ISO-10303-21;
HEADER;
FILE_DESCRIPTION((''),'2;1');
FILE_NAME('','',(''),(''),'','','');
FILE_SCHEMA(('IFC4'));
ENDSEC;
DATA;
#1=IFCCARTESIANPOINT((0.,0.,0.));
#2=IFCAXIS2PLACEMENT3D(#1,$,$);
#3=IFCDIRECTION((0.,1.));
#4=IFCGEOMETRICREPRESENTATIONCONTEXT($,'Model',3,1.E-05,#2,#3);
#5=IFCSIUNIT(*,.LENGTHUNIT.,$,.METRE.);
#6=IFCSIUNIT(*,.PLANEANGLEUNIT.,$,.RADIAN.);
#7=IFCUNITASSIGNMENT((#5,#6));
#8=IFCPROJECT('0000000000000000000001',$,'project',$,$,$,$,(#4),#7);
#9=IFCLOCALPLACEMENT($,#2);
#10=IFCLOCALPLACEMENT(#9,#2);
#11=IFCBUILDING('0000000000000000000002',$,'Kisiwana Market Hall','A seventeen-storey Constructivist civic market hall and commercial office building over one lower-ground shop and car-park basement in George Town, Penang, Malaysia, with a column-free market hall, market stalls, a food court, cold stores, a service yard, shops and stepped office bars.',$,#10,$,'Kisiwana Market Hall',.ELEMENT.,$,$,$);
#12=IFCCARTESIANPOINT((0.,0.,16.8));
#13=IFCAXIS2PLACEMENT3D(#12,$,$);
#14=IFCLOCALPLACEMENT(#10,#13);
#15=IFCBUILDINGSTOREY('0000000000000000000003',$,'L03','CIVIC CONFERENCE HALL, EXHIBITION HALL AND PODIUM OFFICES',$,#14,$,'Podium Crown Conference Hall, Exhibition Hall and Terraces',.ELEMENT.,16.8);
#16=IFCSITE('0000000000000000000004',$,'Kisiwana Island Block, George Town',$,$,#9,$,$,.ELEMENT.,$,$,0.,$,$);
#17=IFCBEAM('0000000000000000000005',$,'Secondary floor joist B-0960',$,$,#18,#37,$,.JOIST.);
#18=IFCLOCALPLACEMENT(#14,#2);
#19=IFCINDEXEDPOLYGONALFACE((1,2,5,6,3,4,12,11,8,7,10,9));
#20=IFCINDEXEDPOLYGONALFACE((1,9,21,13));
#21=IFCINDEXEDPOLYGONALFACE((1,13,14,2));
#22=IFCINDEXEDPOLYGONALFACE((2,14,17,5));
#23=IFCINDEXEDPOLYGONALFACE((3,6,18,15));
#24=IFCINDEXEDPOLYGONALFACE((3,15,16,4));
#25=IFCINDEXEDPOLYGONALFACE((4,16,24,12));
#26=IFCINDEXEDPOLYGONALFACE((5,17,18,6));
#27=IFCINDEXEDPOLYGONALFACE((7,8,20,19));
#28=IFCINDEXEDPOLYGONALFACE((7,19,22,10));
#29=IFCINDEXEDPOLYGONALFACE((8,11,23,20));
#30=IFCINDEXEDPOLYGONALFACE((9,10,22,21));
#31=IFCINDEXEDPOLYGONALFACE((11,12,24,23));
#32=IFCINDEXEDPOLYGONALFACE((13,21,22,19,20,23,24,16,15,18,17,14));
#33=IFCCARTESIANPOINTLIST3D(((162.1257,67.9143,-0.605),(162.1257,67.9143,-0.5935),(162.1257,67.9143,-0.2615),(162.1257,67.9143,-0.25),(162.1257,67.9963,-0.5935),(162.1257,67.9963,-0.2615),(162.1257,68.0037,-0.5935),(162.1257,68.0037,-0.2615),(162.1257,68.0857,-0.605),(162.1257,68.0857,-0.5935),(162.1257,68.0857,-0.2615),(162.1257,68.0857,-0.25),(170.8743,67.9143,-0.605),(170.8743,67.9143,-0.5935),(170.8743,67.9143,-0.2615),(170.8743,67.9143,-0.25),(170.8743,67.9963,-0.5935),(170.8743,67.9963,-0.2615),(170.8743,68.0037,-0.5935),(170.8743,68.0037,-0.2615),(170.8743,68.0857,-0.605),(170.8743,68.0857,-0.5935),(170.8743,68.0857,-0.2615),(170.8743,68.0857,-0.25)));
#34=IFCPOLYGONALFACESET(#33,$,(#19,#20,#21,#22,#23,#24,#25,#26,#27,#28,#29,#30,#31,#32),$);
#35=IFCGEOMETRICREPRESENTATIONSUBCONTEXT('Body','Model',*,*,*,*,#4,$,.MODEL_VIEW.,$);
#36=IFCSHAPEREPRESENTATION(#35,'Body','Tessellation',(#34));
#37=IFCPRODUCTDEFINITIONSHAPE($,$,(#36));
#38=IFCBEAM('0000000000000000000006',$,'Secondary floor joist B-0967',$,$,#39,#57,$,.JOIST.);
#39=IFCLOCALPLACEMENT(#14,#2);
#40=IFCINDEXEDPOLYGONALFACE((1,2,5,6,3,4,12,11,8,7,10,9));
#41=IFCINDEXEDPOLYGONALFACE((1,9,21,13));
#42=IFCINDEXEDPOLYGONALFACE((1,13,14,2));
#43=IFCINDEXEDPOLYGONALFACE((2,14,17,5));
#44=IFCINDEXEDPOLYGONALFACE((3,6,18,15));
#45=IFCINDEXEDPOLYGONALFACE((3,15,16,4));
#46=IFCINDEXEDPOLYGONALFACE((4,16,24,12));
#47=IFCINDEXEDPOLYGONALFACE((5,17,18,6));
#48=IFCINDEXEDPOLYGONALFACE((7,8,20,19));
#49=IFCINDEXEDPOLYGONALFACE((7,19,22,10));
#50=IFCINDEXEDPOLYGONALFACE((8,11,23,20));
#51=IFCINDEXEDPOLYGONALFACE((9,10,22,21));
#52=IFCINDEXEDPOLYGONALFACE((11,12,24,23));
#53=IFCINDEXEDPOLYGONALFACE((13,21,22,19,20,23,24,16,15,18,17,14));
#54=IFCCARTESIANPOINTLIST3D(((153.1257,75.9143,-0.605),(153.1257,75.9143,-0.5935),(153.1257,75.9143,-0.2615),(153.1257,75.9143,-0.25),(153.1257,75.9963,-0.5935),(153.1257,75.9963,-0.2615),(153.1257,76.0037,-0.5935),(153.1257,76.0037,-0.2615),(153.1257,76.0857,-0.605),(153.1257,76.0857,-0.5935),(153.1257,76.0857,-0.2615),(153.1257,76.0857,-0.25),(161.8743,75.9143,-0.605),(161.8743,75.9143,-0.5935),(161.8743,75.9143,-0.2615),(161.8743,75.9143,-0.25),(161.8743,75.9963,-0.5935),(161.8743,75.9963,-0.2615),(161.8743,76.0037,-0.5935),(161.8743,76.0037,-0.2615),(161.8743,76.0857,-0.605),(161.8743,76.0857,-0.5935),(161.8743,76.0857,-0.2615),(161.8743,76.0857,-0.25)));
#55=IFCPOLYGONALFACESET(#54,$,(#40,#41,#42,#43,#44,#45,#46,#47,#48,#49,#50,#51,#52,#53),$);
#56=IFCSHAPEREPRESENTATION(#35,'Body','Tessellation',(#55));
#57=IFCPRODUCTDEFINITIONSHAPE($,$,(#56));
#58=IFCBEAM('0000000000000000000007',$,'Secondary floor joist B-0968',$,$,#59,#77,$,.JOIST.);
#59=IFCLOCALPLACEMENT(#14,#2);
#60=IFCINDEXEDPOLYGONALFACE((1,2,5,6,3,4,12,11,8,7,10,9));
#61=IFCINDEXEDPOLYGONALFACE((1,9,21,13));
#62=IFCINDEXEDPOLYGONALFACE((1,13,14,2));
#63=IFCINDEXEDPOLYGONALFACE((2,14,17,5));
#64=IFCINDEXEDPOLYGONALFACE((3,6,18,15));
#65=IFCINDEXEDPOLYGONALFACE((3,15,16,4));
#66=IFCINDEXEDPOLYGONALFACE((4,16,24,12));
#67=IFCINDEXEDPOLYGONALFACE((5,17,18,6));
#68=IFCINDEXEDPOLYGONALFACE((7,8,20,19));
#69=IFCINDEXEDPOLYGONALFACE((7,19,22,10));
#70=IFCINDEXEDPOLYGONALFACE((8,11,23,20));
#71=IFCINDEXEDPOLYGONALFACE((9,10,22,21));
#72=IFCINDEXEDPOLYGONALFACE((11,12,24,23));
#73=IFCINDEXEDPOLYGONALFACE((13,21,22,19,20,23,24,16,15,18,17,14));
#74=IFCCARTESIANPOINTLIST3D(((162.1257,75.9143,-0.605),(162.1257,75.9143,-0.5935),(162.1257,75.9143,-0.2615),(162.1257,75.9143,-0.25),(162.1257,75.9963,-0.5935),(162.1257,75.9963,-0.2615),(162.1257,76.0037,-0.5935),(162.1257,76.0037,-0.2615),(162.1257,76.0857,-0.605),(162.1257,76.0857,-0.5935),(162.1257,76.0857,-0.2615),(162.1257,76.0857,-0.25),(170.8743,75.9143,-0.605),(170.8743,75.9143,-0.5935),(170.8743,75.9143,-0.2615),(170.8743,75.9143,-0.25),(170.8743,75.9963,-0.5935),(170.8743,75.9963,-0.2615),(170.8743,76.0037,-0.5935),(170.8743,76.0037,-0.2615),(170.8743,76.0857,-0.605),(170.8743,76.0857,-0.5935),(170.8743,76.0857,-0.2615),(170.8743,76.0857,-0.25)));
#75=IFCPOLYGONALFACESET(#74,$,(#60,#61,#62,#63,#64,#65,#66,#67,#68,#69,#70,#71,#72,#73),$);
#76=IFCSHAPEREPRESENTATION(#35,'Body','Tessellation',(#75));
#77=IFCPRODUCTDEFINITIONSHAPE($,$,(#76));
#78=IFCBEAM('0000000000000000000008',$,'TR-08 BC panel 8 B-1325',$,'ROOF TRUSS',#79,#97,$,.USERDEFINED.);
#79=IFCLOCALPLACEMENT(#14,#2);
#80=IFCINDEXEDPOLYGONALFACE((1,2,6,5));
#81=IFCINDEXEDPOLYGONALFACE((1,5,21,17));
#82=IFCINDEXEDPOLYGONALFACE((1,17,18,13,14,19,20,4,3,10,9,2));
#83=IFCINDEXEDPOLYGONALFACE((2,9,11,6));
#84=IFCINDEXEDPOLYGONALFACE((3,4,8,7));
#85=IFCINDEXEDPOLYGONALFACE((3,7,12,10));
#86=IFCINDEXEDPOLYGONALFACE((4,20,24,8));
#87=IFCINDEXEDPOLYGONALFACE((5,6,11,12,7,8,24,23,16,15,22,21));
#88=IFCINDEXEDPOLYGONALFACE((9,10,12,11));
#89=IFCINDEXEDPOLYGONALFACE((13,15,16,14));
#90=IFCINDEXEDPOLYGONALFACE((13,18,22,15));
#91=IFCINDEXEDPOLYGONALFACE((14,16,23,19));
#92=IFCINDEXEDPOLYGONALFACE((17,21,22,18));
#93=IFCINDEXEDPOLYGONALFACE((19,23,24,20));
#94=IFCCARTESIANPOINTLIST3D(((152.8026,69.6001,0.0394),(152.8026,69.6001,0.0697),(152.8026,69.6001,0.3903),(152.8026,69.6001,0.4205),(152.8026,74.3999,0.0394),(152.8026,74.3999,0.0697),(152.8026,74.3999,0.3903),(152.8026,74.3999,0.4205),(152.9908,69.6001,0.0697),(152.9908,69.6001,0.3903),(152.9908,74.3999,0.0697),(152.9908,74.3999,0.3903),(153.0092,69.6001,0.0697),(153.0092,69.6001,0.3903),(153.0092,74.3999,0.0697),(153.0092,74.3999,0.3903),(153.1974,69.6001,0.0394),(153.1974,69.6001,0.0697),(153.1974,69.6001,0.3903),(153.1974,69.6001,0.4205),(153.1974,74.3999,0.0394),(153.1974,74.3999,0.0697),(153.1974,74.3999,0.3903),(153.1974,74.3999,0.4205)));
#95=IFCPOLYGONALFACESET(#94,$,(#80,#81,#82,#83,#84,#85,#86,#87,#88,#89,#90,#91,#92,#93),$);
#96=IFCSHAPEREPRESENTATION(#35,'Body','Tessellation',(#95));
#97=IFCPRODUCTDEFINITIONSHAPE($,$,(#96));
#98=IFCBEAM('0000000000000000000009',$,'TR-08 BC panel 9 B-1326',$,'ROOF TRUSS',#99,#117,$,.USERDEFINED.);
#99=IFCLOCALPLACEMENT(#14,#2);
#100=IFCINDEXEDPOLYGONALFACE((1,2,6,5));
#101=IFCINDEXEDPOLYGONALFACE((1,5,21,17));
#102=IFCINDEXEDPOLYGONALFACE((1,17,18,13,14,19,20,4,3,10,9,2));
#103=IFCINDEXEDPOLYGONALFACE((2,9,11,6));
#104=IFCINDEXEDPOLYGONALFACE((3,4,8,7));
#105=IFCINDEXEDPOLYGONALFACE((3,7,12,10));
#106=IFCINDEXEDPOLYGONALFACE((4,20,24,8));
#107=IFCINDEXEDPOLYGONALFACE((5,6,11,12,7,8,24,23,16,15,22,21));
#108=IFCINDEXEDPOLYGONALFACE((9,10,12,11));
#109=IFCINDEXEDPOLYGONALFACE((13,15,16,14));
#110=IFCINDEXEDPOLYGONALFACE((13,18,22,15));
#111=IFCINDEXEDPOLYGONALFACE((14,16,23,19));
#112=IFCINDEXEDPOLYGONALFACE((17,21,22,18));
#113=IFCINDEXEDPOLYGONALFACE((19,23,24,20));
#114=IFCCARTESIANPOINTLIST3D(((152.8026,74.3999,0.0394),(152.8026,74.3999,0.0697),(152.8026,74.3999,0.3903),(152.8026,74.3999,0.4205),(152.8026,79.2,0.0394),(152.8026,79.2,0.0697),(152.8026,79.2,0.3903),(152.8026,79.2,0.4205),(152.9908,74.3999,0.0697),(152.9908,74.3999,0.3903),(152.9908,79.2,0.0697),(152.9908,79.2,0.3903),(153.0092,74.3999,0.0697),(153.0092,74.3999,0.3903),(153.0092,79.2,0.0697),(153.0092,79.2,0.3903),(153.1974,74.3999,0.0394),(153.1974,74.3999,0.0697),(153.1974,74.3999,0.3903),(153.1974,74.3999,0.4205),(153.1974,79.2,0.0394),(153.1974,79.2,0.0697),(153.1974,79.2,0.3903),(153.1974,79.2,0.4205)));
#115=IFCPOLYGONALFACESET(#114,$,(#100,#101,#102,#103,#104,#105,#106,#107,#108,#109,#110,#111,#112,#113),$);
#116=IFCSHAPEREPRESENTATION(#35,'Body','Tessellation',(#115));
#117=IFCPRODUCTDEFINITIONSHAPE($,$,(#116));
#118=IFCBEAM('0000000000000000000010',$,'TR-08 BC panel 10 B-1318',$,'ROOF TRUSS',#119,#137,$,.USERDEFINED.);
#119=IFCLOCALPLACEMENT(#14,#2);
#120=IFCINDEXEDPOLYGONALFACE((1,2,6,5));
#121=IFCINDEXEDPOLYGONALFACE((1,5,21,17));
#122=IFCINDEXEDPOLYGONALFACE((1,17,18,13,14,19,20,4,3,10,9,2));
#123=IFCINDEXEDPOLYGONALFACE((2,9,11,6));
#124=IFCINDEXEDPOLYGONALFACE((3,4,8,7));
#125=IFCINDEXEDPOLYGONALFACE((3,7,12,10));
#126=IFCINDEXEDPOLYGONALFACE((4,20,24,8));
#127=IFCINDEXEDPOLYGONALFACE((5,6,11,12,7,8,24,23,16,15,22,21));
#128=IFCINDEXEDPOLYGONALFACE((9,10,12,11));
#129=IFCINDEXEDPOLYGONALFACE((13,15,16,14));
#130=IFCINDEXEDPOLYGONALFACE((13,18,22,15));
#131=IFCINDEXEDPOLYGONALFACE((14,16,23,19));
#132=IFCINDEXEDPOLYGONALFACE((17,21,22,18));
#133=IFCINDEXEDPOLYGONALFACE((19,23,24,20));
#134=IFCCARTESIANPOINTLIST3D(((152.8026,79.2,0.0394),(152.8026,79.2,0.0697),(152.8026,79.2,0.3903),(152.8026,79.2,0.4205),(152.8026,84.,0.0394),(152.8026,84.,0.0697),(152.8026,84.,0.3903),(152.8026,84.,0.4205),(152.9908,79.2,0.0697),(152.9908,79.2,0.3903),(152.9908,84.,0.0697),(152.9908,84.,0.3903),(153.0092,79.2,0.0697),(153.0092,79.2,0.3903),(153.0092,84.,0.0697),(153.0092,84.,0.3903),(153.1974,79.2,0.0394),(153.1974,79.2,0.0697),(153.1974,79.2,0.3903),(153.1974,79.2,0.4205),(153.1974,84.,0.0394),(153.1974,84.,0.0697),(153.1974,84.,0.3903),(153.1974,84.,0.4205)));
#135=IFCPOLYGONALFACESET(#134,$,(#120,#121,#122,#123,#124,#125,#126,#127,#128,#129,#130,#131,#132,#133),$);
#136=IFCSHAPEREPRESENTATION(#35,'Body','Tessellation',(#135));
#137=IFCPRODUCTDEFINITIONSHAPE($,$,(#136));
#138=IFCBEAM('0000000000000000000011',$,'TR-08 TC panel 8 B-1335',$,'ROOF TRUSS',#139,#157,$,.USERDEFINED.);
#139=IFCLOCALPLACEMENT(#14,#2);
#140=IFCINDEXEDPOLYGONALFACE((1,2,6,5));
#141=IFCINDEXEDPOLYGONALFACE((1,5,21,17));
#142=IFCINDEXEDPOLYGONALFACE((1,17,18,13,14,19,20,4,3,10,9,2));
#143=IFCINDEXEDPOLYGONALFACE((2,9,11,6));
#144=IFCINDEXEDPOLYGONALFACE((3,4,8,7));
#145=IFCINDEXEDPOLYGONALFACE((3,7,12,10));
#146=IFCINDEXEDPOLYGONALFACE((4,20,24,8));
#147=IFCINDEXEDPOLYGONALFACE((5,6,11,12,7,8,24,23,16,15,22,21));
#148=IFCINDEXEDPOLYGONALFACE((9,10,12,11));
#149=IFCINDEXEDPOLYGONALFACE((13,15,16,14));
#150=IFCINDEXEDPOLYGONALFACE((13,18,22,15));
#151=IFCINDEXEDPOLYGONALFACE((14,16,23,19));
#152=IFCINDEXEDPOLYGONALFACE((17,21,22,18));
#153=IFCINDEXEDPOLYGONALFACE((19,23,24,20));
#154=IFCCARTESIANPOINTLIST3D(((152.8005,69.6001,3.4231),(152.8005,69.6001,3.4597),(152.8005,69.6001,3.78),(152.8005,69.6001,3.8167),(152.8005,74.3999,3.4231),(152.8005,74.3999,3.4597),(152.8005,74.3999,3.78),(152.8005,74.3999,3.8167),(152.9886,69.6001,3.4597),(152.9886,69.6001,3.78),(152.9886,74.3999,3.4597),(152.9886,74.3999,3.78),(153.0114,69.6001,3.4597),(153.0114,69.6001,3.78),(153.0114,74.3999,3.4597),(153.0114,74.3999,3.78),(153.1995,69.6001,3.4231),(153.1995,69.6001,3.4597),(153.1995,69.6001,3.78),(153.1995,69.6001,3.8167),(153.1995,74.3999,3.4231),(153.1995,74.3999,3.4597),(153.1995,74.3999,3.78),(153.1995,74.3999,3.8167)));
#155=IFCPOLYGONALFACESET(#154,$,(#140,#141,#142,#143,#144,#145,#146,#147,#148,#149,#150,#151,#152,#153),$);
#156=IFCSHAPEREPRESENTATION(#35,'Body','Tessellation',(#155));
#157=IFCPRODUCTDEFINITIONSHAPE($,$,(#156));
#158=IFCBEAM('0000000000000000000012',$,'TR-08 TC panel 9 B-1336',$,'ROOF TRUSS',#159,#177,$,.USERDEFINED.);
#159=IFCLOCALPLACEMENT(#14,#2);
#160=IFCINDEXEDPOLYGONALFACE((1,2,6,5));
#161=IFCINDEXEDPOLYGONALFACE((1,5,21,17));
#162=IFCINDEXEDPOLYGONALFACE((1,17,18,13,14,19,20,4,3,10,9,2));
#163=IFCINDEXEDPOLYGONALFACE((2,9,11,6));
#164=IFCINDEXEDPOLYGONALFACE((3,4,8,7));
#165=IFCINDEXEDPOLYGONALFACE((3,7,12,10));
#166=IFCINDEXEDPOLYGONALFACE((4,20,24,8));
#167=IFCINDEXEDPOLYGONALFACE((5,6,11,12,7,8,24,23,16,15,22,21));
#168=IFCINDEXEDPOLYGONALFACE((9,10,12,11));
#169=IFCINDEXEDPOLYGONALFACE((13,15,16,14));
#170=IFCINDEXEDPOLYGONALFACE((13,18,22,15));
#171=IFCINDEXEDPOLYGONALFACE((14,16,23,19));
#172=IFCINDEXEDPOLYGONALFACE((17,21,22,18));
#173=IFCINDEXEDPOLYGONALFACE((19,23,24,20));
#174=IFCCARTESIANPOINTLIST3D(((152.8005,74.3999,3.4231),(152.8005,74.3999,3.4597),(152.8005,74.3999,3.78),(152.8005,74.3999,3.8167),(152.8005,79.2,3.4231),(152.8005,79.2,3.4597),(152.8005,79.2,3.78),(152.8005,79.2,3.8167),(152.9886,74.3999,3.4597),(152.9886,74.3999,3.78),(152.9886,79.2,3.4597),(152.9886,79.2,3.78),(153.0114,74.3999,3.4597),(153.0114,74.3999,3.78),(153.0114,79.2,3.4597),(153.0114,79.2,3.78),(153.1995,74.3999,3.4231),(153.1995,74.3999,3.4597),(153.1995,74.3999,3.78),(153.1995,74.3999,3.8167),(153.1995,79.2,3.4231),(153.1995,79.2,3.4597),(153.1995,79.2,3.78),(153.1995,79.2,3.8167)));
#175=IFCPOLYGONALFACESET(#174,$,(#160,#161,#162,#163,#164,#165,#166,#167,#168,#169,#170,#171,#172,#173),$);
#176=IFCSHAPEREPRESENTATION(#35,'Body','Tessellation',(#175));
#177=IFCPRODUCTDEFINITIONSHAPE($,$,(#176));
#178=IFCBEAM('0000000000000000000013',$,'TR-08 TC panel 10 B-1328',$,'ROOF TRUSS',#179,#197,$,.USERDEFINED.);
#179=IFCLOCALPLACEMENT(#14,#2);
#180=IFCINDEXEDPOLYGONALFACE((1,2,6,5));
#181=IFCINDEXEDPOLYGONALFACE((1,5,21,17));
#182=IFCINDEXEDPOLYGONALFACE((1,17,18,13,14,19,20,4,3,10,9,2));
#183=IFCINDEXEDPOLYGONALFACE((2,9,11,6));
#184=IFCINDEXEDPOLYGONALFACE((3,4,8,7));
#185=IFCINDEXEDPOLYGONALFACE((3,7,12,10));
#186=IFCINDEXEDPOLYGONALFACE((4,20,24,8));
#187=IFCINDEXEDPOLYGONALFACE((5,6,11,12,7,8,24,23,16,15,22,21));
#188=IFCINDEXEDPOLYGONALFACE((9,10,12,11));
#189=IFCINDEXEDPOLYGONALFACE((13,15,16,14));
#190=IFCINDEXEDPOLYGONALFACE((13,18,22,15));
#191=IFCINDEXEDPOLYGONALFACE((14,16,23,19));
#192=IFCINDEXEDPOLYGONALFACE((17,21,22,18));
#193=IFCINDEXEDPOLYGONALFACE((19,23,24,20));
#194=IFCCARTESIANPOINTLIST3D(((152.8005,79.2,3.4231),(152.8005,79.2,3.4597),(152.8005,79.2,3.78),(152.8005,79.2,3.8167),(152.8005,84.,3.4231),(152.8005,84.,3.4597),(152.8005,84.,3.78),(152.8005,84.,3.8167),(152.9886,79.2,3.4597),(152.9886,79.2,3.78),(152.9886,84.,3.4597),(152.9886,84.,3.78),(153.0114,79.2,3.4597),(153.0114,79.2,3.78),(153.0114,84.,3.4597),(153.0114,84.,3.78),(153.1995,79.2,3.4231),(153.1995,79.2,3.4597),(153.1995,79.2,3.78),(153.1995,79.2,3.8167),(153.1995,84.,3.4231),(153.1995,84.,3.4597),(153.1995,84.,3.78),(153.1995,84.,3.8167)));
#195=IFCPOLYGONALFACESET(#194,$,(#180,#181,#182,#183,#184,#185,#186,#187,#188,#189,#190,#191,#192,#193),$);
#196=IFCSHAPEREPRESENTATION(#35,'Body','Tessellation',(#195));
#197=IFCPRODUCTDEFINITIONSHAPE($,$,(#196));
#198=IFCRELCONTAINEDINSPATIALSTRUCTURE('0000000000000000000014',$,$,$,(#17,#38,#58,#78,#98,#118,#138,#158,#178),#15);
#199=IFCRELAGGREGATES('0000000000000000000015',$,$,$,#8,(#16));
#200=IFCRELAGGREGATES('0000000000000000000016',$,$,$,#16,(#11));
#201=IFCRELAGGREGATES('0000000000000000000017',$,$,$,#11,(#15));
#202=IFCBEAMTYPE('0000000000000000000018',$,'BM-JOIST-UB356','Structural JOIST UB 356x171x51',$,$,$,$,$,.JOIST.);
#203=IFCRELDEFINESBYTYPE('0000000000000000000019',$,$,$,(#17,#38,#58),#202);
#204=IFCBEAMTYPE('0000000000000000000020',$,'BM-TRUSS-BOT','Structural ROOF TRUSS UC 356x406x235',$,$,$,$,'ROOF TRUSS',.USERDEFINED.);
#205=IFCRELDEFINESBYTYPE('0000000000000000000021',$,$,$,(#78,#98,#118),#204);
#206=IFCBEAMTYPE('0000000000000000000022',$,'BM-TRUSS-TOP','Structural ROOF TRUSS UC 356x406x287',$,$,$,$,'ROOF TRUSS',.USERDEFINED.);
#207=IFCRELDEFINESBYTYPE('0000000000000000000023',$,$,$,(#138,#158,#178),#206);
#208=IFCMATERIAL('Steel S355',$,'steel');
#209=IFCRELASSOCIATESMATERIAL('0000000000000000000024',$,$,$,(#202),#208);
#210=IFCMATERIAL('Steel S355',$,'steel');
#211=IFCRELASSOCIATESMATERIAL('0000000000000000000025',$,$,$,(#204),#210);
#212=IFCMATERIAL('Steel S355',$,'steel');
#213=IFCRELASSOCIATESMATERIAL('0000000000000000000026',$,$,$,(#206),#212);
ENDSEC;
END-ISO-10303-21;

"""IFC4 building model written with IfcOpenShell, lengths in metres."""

from ifc_helpers import new_model, si_unit, direction, frame, origin, origin_2d, place, context, subcontext, project, spatial, i_section, extrude, material, material_profile, profile_set, type_object, element, save


model = new_model("IFC4")

# Units and contexts
model_context = context("Model", 3, precision=1e-05, world=origin(), true_north=direction((0.0, 1.0)))
body_context = subcontext(model_context, "Body", "Model", "MODEL_VIEW")
ifc_project = project(units=[si_unit("LENGTHUNIT", "METRE"), si_unit("PLANEANGLEUNIT", "RADIAN")], contexts=[model_context])

# Site, building, storey
site_placement = place(None, origin())
site = spatial("IfcSite", under=ifc_project, at=site_placement, Name="Kisiwana Island Block, George Town", CompositionType="ELEMENT", RefElevation=0.0)
building_placement = place(site_placement, origin())
building = spatial("IfcBuilding", under=site, at=building_placement, Name="Kisiwana Market Hall", Description="A seventeen-storey Constructivist civic market hall and commercial office building over one lower-ground shop and car-park basement in George Town, Penang, Malaysia, with a column-free market hall, market stalls, a food court, cold stores, a service yard, shops and stepped office bars.", LongName="Kisiwana Market Hall", CompositionType="ELEMENT")
storey_placement = place(building_placement, frame((0.0, 0.0, 16.8)))
storey = spatial("IfcBuildingStorey", under=building, at=storey_placement, Name="L03", Description="CIVIC CONFERENCE HALL, EXHIBITION HALL AND PODIUM OFFICES", LongName="Podium Crown Conference Hall, Exhibition Hall and Terraces", CompositionType="ELEMENT", Elevation=16.8)

# Beams
ifc_material_1 = material(Name="Steel S355", Category="steel")
ifc_material_profile_1 = material_profile(ifc_material_1, i_section(OverallWidth=0.1714, OverallDepth=0.355, WebThickness=0.0073, FlangeThickness=0.0115, at=origin_2d()), Name="UB 356x171x51")
ifc_profile_set_1 = profile_set([ifc_material_profile_1], Name="Steel S355")
beam_type_1 = type_object("IfcBeamType", Name="BM-JOIST-UB356", Description="Structural JOIST UB 356x171x51", PredefinedType="JOIST", material=ifc_profile_set_1)
for number, where, z_axis, x_axis, name in (
    (1, (162.1257, 68.0, -0.4275), (1.0, 0.0, 0.0), (0.0, 1.0, 0.0), "Secondary floor joist B-0960"),
    (2, (153.1257, 76.0, -0.4275), (1.0, 0.0, 0.0), (0.0, 1.0, 0.0), "Secondary floor joist B-0967"),
    (3, (162.1257, 76.0, -0.4275), (1.0, 0.0, 0.0), (0.0, 1.0, 0.0), "Secondary floor joist B-0968"),
):
    element("IfcBeam", number, at=place(storey_placement, frame(where, z_axis=z_axis, x_axis=x_axis)), inside=storey, type_object=beam_type_1, Name=name, PredefinedType="JOIST", context=body_context, shape_type="SweptSolid", body=[
        extrude(i_section(OverallWidth=0.1714, OverallDepth=0.355, WebThickness=0.0073, FlangeThickness=0.0115, at=origin_2d()), origin(), (0.0, 0.0, 1.0), 8.7485),
    ])
ifc_material_2 = material(Name="Steel S355", Category="steel")
ifc_material_profile_2 = material_profile(ifc_material_2, i_section(OverallWidth=0.3948, OverallDepth=0.3811, WebThickness=0.0183, FlangeThickness=0.0303, at=origin_2d()), Name="UC 356x406x235")
ifc_profile_set_2 = profile_set([ifc_material_profile_2], Name="Steel S355")
beam_type_2 = type_object("IfcBeamType", Name="BM-TRUSS-BOT", Description="Structural ROOF TRUSS UC 356x406x235", ElementType="ROOF TRUSS", PredefinedType="USERDEFINED", material=ifc_profile_set_2)
beam_1_placement = place(storey_placement, frame((153.0, 69.6001, 0.23), z_axis=(0.0, 1.0, 0.0), x_axis=(-1.0, 0.0, 0.0)))
element("IfcBeam", 4, at=beam_1_placement, inside=storey, type_object=beam_type_2, Name="TR-08 BC panel 8 B-1325", ObjectType="ROOF TRUSS", PredefinedType="USERDEFINED", context=body_context, shape_type="SweptSolid", body=[
    extrude(i_section(OverallWidth=0.3948, OverallDepth=0.3811, WebThickness=0.0183, FlangeThickness=0.0303, at=origin_2d()), origin(), (0.0, 0.0, 1.0), 4.7998),
])
for number, where, z_axis, x_axis, name in (
    (5, (153.0, 74.3999, 0.23), (0.0, 1.0, 0.0), (-1.0, 0.0, 0.0), "TR-08 BC panel 9 B-1326"),
    (6, (153.0, 79.2, 0.23), (0.0, 1.0, 0.0), (-1.0, 0.0, 0.0), "TR-08 BC panel 10 B-1318"),
):
    element("IfcBeam", number, at=place(storey_placement, frame(where, z_axis=z_axis, x_axis=x_axis)), inside=storey, type_object=beam_type_2, Name=name, ObjectType="ROOF TRUSS", PredefinedType="USERDEFINED", context=body_context, shape_type="SweptSolid", body=[
        extrude(i_section(OverallWidth=0.3948, OverallDepth=0.3811, WebThickness=0.0183, FlangeThickness=0.0303, at=origin_2d()), origin(), (0.0, 0.0, 1.0), 4.8),
    ])
ifc_material_3 = material(Name="Steel S355", Category="steel")
ifc_material_profile_3 = material_profile(ifc_material_3, i_section(OverallWidth=0.3989, OverallDepth=0.3936, WebThickness=0.0227, FlangeThickness=0.0366, at=origin_2d()), Name="UC 356x406x287")
ifc_profile_set_3 = profile_set([ifc_material_profile_3], Name="Steel S355")
beam_type_3 = type_object("IfcBeamType", Name="BM-TRUSS-TOP", Description="Structural ROOF TRUSS UC 356x406x287", ElementType="ROOF TRUSS", PredefinedType="USERDEFINED", material=ifc_profile_set_3)
beam_2_placement = place(storey_placement, frame((153.0, 69.6001, 3.6199), z_axis=(0.0, 1.0, 0.0), x_axis=(-1.0, 0.0, 0.0)))
element("IfcBeam", 7, at=beam_2_placement, inside=storey, type_object=beam_type_3, Name="TR-08 TC panel 8 B-1335", ObjectType="ROOF TRUSS", PredefinedType="USERDEFINED", context=body_context, shape_type="SweptSolid", body=[
    extrude(i_section(OverallWidth=0.3989, OverallDepth=0.3936, WebThickness=0.0227, FlangeThickness=0.0366, at=origin_2d()), origin(), (0.0, 0.0, 1.0), 4.7998),
])
for number, where, z_axis, x_axis, name in (
    (8, (153.0, 74.3999, 3.6199), (0.0, 1.0, 0.0), (-1.0, 0.0, 0.0), "TR-08 TC panel 9 B-1336"),
    (9, (153.0, 79.2, 3.6199), (0.0, 1.0, 0.0), (-1.0, 0.0, 0.0), "TR-08 TC panel 10 B-1328"),
):
    element("IfcBeam", number, at=place(storey_placement, frame(where, z_axis=z_axis, x_axis=x_axis)), inside=storey, type_object=beam_type_3, Name=name, ObjectType="ROOF TRUSS", PredefinedType="USERDEFINED", context=body_context, shape_type="SweptSolid", body=[
        extrude(i_section(OverallWidth=0.3989, OverallDepth=0.3936, WebThickness=0.0227, FlangeThickness=0.0366, at=origin_2d()), origin(), (0.0, 0.0, 1.0), 4.8),
    ])

save(model, "model.ifc")
